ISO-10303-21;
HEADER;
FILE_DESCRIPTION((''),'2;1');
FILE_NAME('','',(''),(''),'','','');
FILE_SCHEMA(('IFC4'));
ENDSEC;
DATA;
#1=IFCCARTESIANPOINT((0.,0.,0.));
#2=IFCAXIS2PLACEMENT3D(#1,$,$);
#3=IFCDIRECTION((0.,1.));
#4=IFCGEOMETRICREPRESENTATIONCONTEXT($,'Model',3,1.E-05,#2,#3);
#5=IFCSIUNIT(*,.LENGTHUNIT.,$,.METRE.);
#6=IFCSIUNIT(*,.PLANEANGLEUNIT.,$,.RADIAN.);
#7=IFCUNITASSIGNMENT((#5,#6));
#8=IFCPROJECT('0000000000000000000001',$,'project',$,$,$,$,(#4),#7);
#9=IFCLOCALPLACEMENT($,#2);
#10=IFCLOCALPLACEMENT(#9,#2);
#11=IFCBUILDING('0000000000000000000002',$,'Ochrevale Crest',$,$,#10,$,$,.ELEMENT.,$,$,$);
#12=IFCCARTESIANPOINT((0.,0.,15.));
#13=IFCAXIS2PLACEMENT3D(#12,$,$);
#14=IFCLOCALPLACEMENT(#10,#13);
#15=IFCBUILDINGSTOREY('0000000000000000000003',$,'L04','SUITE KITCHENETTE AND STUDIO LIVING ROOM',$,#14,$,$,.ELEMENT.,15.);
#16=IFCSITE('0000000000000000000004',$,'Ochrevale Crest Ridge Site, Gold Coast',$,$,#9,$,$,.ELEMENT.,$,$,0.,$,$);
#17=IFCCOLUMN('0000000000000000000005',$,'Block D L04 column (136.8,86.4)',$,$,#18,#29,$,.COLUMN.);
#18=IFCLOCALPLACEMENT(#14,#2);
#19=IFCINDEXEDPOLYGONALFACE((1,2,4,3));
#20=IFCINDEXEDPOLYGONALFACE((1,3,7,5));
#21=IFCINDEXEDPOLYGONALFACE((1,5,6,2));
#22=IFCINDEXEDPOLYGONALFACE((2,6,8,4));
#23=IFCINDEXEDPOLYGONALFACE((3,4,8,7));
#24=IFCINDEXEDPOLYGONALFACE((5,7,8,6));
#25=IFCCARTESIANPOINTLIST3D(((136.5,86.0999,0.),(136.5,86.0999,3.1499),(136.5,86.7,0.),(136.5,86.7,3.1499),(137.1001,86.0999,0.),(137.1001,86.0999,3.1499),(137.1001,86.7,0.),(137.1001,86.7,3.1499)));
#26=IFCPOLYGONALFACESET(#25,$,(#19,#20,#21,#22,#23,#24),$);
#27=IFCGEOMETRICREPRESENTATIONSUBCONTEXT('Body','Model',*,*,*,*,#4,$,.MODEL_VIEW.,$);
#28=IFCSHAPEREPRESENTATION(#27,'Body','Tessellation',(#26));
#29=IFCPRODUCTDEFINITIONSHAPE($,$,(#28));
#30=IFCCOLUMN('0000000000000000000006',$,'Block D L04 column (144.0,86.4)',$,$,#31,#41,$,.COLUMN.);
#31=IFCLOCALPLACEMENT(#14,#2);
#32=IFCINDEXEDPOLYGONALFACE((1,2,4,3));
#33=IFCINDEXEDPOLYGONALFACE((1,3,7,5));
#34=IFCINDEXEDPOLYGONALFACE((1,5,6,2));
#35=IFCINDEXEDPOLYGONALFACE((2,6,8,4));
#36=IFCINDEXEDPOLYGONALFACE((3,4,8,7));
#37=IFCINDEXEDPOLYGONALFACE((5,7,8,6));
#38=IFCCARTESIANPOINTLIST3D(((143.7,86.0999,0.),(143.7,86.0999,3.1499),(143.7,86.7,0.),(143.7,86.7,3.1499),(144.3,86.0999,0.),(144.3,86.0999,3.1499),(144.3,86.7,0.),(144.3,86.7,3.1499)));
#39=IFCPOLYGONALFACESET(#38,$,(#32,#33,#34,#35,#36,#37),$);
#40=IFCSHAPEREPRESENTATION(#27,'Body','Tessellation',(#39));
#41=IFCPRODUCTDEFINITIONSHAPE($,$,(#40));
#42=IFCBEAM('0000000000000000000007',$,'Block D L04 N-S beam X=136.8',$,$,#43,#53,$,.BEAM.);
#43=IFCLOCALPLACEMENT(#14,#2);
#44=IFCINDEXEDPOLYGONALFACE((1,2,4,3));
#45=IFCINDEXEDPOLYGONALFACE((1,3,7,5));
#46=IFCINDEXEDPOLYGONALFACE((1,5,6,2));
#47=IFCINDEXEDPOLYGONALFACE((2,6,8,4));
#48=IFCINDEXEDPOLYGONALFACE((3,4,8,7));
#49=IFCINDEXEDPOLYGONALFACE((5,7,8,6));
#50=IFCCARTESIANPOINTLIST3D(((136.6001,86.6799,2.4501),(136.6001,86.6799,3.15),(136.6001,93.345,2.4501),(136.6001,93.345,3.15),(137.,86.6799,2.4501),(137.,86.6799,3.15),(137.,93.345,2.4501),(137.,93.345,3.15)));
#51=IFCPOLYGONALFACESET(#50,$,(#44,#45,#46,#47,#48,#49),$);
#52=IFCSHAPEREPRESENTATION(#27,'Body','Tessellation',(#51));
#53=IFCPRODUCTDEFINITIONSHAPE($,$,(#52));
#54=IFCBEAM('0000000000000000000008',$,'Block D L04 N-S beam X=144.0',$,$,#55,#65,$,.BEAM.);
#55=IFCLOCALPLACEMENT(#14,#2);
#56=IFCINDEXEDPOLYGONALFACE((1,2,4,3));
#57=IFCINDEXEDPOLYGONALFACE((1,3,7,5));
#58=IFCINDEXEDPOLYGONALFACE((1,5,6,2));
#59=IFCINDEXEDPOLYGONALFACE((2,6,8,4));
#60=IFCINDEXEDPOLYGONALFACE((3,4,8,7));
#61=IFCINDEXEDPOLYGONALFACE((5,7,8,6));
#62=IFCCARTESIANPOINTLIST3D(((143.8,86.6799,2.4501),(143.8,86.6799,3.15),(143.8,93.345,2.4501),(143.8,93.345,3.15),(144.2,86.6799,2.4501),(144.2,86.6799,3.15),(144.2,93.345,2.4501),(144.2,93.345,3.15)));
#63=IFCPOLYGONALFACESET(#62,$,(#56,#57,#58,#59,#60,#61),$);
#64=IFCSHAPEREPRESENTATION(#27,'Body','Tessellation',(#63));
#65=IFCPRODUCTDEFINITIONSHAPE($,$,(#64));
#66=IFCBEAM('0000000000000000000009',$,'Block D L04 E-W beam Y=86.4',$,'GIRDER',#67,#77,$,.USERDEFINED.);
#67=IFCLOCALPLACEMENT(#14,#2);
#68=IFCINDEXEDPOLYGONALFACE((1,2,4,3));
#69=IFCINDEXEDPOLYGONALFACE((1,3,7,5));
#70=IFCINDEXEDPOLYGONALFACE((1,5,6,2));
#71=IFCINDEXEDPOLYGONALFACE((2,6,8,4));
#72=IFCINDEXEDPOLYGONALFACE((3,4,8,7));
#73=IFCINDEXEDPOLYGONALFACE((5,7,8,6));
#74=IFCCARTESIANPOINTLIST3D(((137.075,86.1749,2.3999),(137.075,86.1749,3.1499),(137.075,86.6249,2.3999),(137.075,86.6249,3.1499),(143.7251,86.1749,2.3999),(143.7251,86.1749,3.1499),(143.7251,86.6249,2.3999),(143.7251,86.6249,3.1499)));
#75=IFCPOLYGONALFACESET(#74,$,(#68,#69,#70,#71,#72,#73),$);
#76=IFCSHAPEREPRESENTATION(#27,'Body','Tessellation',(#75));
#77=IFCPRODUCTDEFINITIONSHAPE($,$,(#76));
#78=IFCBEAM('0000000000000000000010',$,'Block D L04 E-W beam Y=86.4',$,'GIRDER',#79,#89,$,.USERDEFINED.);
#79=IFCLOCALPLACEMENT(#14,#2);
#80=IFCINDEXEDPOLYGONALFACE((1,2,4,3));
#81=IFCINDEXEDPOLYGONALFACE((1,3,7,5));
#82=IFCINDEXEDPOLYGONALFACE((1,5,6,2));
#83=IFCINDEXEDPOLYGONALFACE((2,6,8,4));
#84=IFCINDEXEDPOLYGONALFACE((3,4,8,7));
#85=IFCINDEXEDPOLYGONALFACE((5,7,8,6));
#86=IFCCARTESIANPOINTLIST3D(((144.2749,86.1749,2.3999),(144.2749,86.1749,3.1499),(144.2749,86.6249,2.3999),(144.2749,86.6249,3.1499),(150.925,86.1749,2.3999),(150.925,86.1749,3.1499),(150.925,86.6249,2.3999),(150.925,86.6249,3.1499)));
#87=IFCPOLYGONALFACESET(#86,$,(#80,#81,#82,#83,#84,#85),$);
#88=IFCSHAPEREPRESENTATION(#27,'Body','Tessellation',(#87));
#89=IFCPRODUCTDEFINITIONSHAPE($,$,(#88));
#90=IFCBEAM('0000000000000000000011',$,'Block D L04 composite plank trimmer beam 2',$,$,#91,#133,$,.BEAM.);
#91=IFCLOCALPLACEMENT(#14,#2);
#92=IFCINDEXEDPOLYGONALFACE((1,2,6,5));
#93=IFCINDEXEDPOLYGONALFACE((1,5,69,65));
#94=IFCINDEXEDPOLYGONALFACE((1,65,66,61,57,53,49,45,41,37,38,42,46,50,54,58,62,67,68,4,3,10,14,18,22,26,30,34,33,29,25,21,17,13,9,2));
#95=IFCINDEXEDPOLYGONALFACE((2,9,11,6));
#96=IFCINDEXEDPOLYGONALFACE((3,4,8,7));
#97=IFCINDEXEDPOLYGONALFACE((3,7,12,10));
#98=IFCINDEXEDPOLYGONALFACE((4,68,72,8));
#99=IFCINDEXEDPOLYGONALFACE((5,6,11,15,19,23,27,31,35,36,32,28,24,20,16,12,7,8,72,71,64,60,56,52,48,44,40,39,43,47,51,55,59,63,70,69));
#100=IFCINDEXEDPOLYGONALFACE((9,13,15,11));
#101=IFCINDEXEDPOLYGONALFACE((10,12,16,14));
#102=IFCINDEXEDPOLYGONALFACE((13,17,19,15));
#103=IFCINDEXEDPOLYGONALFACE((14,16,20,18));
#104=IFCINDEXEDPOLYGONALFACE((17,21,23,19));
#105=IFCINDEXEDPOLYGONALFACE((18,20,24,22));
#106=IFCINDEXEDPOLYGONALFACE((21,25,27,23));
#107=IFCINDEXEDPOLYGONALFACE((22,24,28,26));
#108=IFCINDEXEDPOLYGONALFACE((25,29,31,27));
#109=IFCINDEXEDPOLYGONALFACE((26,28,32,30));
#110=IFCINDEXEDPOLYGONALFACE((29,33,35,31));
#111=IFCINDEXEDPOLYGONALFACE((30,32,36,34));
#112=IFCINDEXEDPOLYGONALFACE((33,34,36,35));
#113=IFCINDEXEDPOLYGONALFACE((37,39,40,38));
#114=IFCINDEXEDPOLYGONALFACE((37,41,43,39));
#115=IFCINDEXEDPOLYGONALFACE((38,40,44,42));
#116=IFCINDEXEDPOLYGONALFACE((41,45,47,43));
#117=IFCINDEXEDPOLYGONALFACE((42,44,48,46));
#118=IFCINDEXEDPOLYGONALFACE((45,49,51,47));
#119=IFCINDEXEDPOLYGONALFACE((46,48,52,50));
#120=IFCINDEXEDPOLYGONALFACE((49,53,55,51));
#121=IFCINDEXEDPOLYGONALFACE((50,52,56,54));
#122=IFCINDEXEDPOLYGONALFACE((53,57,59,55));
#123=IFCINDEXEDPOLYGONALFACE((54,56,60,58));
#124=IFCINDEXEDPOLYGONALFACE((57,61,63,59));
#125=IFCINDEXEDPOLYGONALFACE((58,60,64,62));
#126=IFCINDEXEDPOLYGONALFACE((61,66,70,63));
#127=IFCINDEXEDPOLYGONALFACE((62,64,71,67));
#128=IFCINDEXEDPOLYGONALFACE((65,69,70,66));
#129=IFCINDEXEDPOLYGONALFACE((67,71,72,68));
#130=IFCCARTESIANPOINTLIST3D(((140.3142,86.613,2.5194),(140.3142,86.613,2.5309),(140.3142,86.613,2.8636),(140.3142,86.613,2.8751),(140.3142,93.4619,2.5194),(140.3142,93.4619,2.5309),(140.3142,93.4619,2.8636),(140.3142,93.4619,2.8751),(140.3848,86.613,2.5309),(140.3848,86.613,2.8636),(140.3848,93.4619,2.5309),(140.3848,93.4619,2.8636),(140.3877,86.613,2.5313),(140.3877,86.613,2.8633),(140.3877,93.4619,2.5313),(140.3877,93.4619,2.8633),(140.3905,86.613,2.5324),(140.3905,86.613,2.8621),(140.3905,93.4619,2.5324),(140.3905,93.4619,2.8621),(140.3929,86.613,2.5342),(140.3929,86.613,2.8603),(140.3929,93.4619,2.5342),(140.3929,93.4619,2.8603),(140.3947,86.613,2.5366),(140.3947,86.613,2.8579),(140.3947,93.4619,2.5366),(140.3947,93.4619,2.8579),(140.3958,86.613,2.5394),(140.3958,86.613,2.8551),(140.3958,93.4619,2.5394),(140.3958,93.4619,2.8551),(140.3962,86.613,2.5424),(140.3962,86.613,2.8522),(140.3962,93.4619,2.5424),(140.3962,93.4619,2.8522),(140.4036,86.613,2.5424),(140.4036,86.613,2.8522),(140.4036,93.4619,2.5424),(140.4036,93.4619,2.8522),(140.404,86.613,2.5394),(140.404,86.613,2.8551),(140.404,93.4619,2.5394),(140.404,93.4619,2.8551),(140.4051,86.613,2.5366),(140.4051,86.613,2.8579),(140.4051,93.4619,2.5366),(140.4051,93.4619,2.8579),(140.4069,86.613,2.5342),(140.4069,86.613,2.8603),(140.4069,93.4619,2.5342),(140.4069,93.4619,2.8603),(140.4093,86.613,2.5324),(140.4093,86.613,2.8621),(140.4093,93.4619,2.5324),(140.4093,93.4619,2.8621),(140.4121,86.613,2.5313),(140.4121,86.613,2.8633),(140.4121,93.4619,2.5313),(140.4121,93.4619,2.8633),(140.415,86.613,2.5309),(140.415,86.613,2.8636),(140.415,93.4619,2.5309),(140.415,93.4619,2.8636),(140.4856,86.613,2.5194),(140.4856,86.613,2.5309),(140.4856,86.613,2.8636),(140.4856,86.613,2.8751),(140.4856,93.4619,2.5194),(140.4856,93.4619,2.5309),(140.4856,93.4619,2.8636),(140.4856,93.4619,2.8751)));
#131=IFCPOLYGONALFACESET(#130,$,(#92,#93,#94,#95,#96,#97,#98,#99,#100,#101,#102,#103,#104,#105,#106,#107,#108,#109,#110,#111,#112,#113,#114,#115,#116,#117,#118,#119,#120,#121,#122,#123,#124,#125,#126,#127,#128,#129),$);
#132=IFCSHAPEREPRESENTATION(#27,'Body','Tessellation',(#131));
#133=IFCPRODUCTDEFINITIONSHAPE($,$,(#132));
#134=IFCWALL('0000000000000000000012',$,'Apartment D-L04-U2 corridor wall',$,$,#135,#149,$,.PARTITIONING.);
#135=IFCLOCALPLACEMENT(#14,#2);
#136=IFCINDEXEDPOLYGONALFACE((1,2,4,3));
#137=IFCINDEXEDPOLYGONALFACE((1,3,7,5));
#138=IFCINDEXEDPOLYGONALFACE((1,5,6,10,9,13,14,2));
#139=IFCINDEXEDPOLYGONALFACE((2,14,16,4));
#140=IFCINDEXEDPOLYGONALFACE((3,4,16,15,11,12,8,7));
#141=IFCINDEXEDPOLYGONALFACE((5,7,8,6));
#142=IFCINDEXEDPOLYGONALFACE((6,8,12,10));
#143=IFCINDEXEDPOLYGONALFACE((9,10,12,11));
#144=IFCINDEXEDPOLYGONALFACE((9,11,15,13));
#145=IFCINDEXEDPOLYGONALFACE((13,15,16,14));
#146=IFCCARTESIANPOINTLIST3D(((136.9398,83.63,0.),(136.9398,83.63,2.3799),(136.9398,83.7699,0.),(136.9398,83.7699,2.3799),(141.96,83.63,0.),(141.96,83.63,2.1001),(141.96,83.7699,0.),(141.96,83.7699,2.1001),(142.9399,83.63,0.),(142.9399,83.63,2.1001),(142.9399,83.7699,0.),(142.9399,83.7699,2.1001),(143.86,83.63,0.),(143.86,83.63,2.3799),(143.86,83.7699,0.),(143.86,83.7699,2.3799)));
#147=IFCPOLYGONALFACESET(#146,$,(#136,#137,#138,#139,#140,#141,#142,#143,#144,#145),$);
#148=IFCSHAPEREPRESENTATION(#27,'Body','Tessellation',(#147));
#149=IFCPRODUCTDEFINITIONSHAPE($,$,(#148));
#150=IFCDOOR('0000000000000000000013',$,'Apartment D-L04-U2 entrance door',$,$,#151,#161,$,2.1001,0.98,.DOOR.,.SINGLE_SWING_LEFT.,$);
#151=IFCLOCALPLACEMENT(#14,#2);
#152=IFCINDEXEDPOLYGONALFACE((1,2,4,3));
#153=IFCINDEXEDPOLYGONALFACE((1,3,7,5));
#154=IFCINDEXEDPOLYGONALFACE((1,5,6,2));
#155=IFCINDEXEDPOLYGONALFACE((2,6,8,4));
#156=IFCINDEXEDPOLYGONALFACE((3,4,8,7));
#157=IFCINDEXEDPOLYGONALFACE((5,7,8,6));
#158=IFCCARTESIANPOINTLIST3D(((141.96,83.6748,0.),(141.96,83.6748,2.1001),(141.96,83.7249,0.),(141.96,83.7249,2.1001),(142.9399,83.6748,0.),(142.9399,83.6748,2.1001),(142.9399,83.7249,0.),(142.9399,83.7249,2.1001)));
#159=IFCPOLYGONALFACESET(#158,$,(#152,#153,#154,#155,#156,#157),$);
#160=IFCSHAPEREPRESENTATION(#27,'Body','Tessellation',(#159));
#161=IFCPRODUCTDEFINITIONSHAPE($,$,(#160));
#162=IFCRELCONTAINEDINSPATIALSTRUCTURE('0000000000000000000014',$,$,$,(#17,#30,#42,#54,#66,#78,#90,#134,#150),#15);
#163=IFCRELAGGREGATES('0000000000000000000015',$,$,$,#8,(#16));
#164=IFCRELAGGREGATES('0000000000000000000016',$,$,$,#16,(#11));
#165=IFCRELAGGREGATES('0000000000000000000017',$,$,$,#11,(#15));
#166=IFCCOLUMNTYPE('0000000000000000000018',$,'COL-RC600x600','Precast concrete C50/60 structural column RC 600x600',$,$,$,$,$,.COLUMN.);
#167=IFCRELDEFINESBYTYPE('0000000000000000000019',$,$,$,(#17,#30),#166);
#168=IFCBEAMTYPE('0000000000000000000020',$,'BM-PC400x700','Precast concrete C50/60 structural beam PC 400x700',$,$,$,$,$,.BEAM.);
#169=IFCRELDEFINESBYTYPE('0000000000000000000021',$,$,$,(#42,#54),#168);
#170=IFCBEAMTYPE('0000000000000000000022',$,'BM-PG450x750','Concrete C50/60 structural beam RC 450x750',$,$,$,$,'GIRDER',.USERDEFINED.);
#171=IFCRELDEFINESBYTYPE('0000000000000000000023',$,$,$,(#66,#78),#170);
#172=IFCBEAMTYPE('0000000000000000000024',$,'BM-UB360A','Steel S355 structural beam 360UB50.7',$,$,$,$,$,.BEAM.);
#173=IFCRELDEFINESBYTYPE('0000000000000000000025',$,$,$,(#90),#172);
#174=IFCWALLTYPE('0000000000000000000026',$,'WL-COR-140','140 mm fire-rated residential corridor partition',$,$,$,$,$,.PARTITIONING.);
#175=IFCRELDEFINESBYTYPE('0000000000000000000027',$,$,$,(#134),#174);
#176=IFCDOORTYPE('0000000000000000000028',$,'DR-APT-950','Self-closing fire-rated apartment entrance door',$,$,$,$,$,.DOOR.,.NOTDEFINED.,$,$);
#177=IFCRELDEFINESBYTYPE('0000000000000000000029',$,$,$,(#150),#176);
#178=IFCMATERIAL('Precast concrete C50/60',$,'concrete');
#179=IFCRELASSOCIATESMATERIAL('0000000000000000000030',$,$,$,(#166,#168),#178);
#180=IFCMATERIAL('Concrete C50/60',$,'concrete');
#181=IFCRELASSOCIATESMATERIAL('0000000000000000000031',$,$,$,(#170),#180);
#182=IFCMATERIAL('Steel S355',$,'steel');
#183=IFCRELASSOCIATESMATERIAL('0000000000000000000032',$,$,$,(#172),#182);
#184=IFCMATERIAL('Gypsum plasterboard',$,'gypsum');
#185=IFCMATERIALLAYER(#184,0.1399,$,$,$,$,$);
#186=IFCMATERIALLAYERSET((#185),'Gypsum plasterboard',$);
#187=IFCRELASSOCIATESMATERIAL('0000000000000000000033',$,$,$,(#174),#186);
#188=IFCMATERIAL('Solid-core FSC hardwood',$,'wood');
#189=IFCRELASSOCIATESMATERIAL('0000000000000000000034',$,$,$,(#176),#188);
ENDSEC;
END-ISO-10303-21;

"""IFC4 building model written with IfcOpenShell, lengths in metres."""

from ifc_helpers import new_model, si_unit, direction, frame, frame_2d, origin, origin_2d, place, context, subcontext, project, spatial, rectangle, i_section, extrude, material, layer, layer_set, material_profile, profile_set, type_object, element, fill, save


model = new_model("IFC4")

# Units and contexts
model_context = context("Model", 3, precision=1e-05, world=origin(), true_north=direction((0.0, 1.0)))
body_context = subcontext(model_context, "Body", "Model", "MODEL_VIEW")
ifc_project = project(units=[si_unit("LENGTHUNIT", "METRE"), si_unit("PLANEANGLEUNIT", "RADIAN")], contexts=[model_context])

# Site, building, storey
site_placement = place(None, origin())
site = spatial("IfcSite", under=ifc_project, at=site_placement, Name="Ochrevale Crest Ridge Site, Gold Coast", CompositionType="ELEMENT", RefElevation=0.0)
building_placement = place(site_placement, origin())
building = spatial("IfcBuilding", under=site, at=building_placement, Name="Ochrevale Crest", CompositionType="ELEMENT")
storey_placement = place(building_placement, frame((0.0, 0.0, 15.0)))
storey = spatial("IfcBuildingStorey", under=building, at=storey_placement, Name="L04", Description="SUITE KITCHENETTE AND STUDIO LIVING ROOM", CompositionType="ELEMENT", Elevation=15.0)

# Columns
ifc_material_1 = material(Name="Precast concrete C50/60", Category="concrete")
ifc_material_profile_1 = material_profile(ifc_material_1, rectangle(XDim=0.6001, YDim=0.6001, at=origin_2d()), Name="RC 600x600")
ifc_profile_set_1 = profile_set([ifc_material_profile_1], Name="Precast concrete C50/60")
column_type = type_object("IfcColumnType", Name="COL-RC600x600", Description="Precast concrete C50/60 structural column RC 600x600", PredefinedType="COLUMN", material=ifc_profile_set_1)
for number, where, z_axis, x_axis, name in (
    (1, (136.8, 86.3999, 0.0), (0.0, 0.0, 1.0), (1.0, 0.0, 0.0), "Block D L04 column (136.8,86.4)"),
    (2, (144.0, 86.3999, 0.0), (0.0, 0.0, 1.0), (1.0, 0.0, 0.0), "Block D L04 column (144.0,86.4)"),
):
    element("IfcColumn", number, at=place(storey_placement, frame(where, z_axis=z_axis, x_axis=x_axis)), inside=storey, type_object=column_type, Name=name, PredefinedType="COLUMN", context=body_context, shape_type="SweptSolid", body=[
        extrude(rectangle(XDim=0.6001, YDim=0.6001, at=origin_2d()), origin(), (0.0, 0.0, 1.0), 3.1499),
    ])

# Beams
ifc_material_profile_2 = material_profile(ifc_material_1, rectangle(XDim=0.3999, YDim=0.7, at=origin_2d()), Name="PC 400x700")
ifc_profile_set_2 = profile_set([ifc_material_profile_2], Name="Precast concrete C50/60")
beam_type_1 = type_object("IfcBeamType", Name="BM-PC400x700", Description="Precast concrete C50/60 structural beam PC 400x700", PredefinedType="BEAM", material=ifc_profile_set_2)
for number, where, z_axis, x_axis, name in (
    (3, (136.8, 86.6799, 2.8), (0.0, 1.0, 0.0), (-1.0, 0.0, 0.0), "Block D L04 N-S beam X=136.8"),
    (4, (144.0, 86.6799, 2.8), (0.0, 1.0, 0.0), (-1.0, 0.0, 0.0), "Block D L04 N-S beam X=144.0"),
):
    element("IfcBeam", number, at=place(storey_placement, frame(where, z_axis=z_axis, x_axis=x_axis)), inside=storey, type_object=beam_type_1, Name=name, PredefinedType="BEAM", context=body_context, shape_type="SweptSolid", body=[
        extrude(rectangle(XDim=0.3999, YDim=0.7, at=origin_2d()), origin(), (0.0, 0.0, 1.0), 6.665),
    ])
ifc_material_2 = material(Name="Concrete C50/60", Category="concrete")
ifc_material_profile_3 = material_profile(ifc_material_2, rectangle(XDim=0.45, YDim=0.75, at=origin_2d()), Name="RC 450x750")
ifc_profile_set_3 = profile_set([ifc_material_profile_3], Name="Concrete C50/60")
beam_type_2 = type_object("IfcBeamType", Name="BM-PG450x750", Description="Concrete C50/60 structural beam RC 450x750", ElementType="GIRDER", PredefinedType="USERDEFINED", material=ifc_profile_set_3)
for number, where, z_axis, x_axis, name in (
    (5, (137.075, 86.3999, 2.7749), (1.0, 0.0, 0.0), (0.0, 1.0, 0.0), "Block D L04 E-W beam Y=86.4"),
    (6, (144.2749, 86.3999, 2.7749), (1.0, 0.0, 0.0), (0.0, 1.0, 0.0), "Block D L04 E-W beam Y=86.4"),
):
    element("IfcBeam", number, at=place(storey_placement, frame(where, z_axis=z_axis, x_axis=x_axis)), inside=storey, type_object=beam_type_2, Name=name, ObjectType="GIRDER", PredefinedType="USERDEFINED", context=body_context, shape_type="SweptSolid", body=[
        extrude(rectangle(XDim=0.45, YDim=0.75, at=origin_2d()), origin(), (0.0, 0.0, 1.0), 6.6501),
    ])
ifc_material_3 = material(Name="Steel S355", Category="steel")
ifc_material_profile_4 = material_profile(ifc_material_3, i_section(OverallWidth=0.1714, OverallDepth=0.3557, WebThickness=0.0073, FlangeThickness=0.0115, FilletRadius=0.0115, at=origin_2d()), Name="360UB50.7")
ifc_profile_set_4 = profile_set([ifc_material_profile_4], Name="Steel S355")
beam_type_3 = type_object("IfcBeamType", Name="BM-UB360A", Description="Steel S355 structural beam 360UB50.7", PredefinedType="BEAM", material=ifc_profile_set_4)
beam_placement = place(storey_placement, frame((140.3999, 86.613, 2.6973), z_axis=(0.0, 1.0, 0.0), x_axis=(-1.0, 0.0, 0.0)))
element("IfcBeam", 7, at=beam_placement, inside=storey, type_object=beam_type_3, Name="Block D L04 composite plank trimmer beam 2", PredefinedType="BEAM", context=body_context, shape_type="SweptSolid", body=[
    extrude(i_section(OverallWidth=0.1714, OverallDepth=0.3557, WebThickness=0.0073, FlangeThickness=0.0115, FilletRadius=0.0115, at=origin_2d()), origin(), (0.0, 0.0, 1.0), 6.8489),
])

# Wall, opening, door
ifc_material_4 = material(Name="Gypsum plasterboard", Category="gypsum")
ifc_layer_1 = layer(ifc_material_4, 0.1399)
ifc_layer_set_1 = layer_set([ifc_layer_1], Name="Gypsum plasterboard")
wall_type_1 = type_object("IfcWallType", Name="WL-COR-140", Description="140 mm fire-rated residential corridor partition", PredefinedType="PARTITIONING", material=ifc_layer_set_1)
wall_1_placement = place(storey_placement, frame((136.9399, 83.7, 0.0), z_axis=(0.0, 0.0, 1.0), x_axis=(1.0, 0.0, 0.0)))
wall_1 = element("IfcWall", 8, at=wall_1_placement, inside=storey, type_object=wall_type_1, Name="Apartment D-L04-U2 corridor wall", PredefinedType="PARTITIONING", context=body_context, shape_type="SweptSolid", body=[
    extrude(rectangle(XDim=6.9202, YDim=0.1399, at=frame_2d((3.46, 0.0))), origin(), (0.0, 0.0, 1.0), 2.3799),
])
opening_1_placement = place(wall_1_placement, frame((5.02, 0.0, 0.0)))
opening_1 = element("IfcOpeningElement", 9, at=opening_1_placement, cuts=wall_1, PredefinedType="OPENING", context=body_context, shape_type="SweptSolid", body=[
    extrude(rectangle(XDim=0.98, YDim=2.1001, at=frame_2d((0.49, 1.05))), frame((0.0, 0.0801, 0.0), z_axis=(0.0, -1.0, 0.0), x_axis=(1.0, 0.0, 0.0)), (0.0, 0.0, 1.0), 0.1599),
])
ifc_material_5 = material(Name="Solid-core FSC hardwood", Category="wood")
door_type_1 = type_object("IfcDoorType", Name="DR-APT-950", Description="Self-closing fire-rated apartment entrance door", OperationType="NOTDEFINED", PredefinedType="DOOR", material=ifc_material_5)
door_1_placement = place(opening_1_placement, origin())
door_1 = element("IfcDoor", 10, at=door_1_placement, inside=storey, type_object=door_type_1, Name="Apartment D-L04-U2 entrance door", OperationType="SINGLE_SWING_LEFT", OverallHeight=2.1001, OverallWidth=0.98, PredefinedType="DOOR", context=body_context, shape_type="SweptSolid", body=[
    extrude(rectangle(XDim=0.98, YDim=2.1001, at=frame_2d((0.49, 1.05))), frame((0.0, 0.0249, 0.0), z_axis=(0.0, -1.0, 0.0), x_axis=(1.0, 0.0, 0.0)), (0.0, 0.0, 1.0), 0.05),
])
fill(opening_1, door_1)

save(model, "model.ifc")
